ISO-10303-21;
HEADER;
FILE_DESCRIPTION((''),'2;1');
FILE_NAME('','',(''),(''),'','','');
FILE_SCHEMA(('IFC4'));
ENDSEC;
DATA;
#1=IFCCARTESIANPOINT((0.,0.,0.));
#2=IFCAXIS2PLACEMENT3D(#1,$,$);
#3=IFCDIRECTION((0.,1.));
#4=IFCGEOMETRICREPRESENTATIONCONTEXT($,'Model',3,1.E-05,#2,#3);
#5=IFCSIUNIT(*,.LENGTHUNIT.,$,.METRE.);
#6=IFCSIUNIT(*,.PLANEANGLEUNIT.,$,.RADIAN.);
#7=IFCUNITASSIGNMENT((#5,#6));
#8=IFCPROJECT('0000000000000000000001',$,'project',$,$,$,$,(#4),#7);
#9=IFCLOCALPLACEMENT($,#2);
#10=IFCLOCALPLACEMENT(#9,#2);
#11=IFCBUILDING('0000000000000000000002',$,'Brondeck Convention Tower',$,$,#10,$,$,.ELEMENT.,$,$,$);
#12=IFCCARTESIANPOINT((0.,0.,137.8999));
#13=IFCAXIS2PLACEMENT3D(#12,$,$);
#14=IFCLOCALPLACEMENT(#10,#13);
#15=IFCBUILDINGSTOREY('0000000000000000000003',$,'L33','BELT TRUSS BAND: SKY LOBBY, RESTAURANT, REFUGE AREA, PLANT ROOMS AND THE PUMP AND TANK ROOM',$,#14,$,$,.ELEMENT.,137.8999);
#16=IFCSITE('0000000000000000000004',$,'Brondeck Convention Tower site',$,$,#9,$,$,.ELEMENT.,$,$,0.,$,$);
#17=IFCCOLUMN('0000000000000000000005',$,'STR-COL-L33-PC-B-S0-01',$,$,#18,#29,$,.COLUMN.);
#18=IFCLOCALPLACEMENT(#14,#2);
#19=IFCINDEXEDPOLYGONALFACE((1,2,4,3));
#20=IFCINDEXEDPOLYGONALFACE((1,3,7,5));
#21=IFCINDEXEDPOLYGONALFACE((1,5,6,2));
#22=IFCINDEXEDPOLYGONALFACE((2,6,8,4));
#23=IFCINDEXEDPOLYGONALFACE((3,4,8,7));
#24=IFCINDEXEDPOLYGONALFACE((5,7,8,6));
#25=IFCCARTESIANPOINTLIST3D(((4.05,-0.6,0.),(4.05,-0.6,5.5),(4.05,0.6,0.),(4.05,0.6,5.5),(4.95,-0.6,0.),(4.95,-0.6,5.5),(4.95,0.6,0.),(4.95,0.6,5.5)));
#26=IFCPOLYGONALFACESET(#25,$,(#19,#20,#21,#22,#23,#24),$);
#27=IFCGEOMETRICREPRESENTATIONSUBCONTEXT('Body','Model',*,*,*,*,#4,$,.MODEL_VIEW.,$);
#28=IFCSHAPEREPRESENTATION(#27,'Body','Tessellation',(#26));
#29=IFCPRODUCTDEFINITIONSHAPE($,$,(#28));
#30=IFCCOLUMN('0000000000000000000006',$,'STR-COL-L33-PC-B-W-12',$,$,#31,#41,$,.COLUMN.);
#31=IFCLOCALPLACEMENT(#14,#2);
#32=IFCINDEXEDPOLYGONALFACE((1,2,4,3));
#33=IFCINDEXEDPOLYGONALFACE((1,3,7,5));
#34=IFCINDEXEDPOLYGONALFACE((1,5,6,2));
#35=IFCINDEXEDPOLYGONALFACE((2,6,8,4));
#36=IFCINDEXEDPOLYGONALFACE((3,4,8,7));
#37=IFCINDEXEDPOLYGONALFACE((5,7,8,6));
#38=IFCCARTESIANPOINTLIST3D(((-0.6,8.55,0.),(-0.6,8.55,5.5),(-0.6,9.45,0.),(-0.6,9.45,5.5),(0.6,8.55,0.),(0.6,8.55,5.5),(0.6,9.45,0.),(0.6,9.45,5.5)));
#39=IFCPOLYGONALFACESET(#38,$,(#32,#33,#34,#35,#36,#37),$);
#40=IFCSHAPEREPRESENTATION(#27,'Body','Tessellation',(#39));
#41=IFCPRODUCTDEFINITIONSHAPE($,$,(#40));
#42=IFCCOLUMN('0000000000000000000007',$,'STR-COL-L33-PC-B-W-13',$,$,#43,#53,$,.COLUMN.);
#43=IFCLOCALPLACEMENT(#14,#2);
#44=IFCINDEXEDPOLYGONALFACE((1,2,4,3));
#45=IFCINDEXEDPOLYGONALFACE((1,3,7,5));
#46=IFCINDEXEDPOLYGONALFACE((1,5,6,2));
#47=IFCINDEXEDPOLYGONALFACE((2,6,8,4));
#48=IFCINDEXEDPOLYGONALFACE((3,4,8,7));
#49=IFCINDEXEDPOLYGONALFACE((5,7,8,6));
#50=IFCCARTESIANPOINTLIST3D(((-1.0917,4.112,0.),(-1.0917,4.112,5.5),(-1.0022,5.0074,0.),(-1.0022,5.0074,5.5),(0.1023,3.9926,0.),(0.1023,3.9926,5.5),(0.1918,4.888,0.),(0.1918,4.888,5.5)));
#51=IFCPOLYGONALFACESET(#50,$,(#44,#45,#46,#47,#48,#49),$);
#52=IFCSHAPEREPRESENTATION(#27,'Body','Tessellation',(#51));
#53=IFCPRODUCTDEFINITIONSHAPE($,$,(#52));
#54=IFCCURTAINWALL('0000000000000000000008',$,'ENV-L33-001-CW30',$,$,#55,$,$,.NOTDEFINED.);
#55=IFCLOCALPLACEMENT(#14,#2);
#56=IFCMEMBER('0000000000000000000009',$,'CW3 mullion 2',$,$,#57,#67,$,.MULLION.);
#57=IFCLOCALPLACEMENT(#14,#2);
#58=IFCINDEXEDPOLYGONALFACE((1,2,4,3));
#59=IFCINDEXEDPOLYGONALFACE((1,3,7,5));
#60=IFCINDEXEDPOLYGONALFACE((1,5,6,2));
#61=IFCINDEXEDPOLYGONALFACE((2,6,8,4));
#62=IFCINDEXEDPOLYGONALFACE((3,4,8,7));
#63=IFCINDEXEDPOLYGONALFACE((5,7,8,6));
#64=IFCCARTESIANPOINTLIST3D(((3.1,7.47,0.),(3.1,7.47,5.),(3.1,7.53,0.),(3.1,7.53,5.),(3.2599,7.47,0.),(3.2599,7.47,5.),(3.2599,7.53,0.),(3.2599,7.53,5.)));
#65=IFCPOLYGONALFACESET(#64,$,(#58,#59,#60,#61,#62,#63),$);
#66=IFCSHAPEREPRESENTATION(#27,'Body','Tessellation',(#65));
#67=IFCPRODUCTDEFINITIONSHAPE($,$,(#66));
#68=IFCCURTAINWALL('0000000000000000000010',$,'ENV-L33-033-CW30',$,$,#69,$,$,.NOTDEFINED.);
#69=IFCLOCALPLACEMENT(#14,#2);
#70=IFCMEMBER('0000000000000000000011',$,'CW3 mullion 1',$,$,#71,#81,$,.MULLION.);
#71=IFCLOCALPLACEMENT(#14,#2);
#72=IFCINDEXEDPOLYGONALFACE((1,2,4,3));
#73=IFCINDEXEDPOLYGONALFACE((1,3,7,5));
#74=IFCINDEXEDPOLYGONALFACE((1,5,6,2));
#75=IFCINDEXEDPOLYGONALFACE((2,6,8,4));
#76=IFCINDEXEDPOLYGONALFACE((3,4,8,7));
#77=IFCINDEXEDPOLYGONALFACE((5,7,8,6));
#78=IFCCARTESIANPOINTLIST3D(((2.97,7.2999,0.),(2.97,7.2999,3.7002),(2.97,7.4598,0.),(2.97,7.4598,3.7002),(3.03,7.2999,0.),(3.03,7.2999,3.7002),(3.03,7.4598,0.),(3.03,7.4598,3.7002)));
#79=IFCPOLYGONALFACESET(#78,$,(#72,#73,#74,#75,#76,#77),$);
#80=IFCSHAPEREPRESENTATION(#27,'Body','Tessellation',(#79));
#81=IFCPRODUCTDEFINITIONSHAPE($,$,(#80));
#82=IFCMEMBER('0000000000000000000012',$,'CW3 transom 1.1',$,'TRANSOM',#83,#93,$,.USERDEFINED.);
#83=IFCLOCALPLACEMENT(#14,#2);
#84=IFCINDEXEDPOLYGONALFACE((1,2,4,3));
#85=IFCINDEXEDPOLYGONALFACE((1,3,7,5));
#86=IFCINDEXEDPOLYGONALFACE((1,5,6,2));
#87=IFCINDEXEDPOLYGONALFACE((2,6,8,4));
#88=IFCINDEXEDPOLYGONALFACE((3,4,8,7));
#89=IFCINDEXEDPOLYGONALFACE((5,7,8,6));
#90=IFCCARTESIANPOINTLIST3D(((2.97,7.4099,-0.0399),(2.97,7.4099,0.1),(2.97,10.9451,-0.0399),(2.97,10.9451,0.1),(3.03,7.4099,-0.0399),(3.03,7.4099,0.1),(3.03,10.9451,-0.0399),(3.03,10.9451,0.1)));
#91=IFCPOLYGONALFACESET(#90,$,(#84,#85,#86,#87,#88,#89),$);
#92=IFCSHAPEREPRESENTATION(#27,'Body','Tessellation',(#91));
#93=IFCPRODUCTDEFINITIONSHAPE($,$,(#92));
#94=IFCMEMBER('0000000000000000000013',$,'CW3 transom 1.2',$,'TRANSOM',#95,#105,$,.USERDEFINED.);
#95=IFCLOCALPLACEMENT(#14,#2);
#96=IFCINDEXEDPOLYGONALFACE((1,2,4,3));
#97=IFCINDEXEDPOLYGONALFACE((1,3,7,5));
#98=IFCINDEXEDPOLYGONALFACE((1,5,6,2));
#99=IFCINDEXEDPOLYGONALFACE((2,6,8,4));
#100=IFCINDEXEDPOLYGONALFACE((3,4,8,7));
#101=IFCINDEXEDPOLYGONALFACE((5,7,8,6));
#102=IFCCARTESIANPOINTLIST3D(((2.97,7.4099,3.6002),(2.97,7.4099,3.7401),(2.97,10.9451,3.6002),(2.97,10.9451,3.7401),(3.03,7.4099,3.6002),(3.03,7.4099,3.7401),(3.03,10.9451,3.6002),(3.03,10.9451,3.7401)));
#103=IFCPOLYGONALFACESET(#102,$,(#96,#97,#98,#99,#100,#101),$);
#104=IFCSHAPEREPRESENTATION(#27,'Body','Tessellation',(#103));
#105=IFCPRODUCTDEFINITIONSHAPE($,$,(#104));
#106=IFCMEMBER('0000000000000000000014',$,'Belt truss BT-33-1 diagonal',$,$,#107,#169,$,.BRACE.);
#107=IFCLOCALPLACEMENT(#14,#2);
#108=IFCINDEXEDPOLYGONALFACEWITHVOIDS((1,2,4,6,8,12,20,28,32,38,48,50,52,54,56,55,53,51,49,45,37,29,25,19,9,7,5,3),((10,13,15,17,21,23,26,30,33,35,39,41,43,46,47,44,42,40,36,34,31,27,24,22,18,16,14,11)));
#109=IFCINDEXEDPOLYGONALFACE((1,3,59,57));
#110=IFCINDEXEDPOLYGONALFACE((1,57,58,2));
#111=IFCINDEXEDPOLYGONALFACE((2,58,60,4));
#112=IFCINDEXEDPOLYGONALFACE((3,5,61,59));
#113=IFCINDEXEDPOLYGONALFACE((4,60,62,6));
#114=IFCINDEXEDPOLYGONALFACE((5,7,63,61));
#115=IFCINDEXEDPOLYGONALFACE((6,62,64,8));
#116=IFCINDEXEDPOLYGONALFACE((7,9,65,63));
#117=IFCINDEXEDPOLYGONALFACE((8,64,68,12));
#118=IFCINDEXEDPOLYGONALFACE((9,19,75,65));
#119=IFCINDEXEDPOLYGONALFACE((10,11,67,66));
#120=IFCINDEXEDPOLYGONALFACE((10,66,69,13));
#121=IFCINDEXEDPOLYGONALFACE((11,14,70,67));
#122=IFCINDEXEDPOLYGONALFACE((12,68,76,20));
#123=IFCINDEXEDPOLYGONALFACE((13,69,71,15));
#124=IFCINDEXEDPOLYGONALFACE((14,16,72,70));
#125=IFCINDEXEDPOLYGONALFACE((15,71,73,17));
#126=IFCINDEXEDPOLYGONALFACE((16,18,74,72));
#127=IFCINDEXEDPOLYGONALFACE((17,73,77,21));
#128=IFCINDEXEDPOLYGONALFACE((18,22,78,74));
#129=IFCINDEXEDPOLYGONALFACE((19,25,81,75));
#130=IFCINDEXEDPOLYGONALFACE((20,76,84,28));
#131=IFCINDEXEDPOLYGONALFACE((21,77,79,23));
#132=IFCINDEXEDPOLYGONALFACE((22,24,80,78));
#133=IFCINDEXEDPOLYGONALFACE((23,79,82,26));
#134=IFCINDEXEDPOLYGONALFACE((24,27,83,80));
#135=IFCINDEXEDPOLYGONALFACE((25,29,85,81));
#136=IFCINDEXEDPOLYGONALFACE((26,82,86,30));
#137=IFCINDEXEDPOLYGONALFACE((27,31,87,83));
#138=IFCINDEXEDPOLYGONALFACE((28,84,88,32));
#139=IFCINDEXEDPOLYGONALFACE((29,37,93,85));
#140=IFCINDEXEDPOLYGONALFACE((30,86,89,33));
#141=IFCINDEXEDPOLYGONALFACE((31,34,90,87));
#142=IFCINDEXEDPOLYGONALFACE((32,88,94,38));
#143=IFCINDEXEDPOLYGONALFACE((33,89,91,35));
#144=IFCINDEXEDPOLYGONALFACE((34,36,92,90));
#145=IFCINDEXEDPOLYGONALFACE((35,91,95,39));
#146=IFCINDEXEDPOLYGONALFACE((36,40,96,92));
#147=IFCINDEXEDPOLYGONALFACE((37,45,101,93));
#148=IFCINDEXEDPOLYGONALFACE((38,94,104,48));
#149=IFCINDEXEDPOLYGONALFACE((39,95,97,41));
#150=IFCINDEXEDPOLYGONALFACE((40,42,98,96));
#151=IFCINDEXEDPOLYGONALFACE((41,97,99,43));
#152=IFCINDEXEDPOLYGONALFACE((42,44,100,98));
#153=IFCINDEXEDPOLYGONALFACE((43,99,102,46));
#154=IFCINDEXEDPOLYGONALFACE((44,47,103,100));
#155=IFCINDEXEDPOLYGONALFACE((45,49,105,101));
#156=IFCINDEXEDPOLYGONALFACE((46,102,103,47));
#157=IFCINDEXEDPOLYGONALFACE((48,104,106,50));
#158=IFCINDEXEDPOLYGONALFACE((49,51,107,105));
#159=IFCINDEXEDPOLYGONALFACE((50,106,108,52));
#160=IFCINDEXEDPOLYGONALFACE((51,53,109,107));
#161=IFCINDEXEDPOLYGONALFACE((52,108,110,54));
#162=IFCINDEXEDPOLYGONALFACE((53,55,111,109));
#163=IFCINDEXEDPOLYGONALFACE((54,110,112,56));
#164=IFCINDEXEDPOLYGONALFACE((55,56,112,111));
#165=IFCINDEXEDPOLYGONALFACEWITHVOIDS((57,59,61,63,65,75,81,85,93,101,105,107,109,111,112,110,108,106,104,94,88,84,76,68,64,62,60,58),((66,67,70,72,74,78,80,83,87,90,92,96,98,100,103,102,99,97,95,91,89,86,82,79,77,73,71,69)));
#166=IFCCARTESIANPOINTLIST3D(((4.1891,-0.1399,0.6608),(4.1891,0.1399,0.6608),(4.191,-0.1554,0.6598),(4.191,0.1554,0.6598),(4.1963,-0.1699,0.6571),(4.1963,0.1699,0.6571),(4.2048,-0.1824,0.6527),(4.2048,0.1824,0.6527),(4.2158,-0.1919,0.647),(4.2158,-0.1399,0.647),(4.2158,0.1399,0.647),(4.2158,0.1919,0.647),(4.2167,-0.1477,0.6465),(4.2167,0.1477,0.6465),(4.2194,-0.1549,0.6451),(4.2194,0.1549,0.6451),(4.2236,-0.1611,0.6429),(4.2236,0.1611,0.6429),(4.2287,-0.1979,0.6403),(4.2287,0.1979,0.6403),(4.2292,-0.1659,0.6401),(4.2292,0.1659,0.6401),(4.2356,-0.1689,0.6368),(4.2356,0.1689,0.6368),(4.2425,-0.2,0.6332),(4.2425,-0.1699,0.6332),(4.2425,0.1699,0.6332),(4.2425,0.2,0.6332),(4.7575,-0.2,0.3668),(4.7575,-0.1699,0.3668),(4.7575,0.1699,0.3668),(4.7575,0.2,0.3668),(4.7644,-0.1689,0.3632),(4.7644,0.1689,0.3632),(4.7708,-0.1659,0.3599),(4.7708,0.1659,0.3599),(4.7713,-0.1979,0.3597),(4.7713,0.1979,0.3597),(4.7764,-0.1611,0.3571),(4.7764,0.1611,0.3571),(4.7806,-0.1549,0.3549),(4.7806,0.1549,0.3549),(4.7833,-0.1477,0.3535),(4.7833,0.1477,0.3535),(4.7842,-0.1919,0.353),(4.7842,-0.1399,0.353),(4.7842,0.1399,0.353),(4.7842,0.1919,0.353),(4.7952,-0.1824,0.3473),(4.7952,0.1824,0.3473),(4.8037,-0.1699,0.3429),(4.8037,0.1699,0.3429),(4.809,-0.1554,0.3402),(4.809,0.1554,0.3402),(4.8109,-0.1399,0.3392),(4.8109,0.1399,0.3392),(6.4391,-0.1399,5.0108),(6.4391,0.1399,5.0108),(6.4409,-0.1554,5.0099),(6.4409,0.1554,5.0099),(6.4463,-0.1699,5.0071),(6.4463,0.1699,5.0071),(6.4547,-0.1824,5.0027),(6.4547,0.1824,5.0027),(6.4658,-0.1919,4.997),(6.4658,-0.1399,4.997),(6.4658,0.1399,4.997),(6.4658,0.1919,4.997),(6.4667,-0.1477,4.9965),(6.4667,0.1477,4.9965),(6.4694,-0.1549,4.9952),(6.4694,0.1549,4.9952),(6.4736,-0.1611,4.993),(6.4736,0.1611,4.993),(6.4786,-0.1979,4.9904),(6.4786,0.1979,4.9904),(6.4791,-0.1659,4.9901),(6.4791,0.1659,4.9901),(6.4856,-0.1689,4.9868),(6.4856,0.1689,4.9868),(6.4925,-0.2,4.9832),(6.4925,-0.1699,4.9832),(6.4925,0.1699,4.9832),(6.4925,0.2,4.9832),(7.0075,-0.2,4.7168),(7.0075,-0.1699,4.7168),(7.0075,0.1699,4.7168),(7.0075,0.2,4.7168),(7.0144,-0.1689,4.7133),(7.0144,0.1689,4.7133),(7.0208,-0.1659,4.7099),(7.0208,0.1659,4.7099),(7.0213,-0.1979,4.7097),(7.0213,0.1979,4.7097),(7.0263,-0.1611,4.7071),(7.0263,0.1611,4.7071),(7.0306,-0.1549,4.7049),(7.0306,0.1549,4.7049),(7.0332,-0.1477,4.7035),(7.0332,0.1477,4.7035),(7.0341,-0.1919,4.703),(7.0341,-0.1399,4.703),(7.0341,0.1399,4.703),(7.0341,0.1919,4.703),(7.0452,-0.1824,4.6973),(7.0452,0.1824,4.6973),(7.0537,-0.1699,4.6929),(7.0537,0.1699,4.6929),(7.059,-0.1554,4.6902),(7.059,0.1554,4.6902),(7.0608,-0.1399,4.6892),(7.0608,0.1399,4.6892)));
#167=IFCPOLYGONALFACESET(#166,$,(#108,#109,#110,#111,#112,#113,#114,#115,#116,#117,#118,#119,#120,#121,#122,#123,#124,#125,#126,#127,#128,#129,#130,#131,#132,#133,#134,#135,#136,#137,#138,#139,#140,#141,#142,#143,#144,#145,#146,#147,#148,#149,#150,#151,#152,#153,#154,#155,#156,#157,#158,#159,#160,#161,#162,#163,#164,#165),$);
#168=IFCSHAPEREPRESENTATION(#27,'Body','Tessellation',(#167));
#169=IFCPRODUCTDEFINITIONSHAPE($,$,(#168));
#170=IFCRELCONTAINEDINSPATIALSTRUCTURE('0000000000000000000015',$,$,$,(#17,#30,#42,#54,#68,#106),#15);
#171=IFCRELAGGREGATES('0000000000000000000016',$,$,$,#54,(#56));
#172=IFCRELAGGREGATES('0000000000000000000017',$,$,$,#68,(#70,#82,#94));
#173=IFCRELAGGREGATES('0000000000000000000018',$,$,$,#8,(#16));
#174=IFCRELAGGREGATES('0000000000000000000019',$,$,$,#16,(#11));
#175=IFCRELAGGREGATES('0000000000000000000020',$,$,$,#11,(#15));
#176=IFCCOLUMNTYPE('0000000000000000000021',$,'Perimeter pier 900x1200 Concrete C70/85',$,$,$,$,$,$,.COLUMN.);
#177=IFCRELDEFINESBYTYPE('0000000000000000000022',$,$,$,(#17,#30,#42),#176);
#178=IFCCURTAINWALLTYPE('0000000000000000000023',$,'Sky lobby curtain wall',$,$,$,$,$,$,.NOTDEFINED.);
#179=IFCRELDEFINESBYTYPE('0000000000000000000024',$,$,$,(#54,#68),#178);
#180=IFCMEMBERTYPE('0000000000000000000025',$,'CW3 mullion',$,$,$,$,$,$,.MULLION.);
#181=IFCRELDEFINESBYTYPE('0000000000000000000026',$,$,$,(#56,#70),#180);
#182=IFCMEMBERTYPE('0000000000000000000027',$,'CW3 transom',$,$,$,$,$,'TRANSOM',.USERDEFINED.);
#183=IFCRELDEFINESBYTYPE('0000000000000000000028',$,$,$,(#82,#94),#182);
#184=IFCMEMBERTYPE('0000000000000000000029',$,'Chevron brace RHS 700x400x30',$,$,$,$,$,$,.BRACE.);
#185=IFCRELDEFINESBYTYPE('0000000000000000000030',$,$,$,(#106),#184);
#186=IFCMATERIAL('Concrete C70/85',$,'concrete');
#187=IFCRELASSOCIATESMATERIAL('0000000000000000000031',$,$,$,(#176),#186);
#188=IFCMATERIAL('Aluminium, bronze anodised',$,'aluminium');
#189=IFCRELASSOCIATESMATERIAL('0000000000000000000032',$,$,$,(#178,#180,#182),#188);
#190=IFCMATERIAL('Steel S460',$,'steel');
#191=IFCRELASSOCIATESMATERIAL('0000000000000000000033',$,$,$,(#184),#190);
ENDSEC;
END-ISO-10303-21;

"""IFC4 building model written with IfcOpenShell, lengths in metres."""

from ifc_helpers import new_model, si_unit, direction, frame, origin, origin_2d, place, context, subcontext, project, spatial, rectangle, hollow_rectangle, extrude, material, material_profile, profile_set, type_object, element, aggregate, save


model = new_model("IFC4")

# Units and contexts
model_context = context("Model", 3, precision=1e-05, world=origin(), true_north=direction((0.0, 1.0)))
body_context = subcontext(model_context, "Body", "Model", "MODEL_VIEW")
ifc_project = project(units=[si_unit("LENGTHUNIT", "METRE"), si_unit("PLANEANGLEUNIT", "RADIAN")], contexts=[model_context])

# Site, building, storey
site_placement = place(None, origin())
site = spatial("IfcSite", under=ifc_project, at=site_placement, Name="Brondeck Convention Tower site", CompositionType="ELEMENT", RefElevation=0.0)
building_placement = place(site_placement, origin())
building = spatial("IfcBuilding", under=site, at=building_placement, Name="Brondeck Convention Tower", CompositionType="ELEMENT")
storey_placement = place(building_placement, frame((0.0, 0.0, 137.8999)))
storey = spatial("IfcBuildingStorey", under=building, at=storey_placement, Name="L33", Description="BELT TRUSS BAND: SKY LOBBY, RESTAURANT, REFUGE AREA, PLANT ROOMS AND THE PUMP AND TANK ROOM", CompositionType="ELEMENT", Elevation=137.8999)

# Columns
ifc_material_1 = material(Name="Concrete C70/85", Category="concrete")
ifc_material_profile_1 = material_profile(ifc_material_1, rectangle(XDim=0.8999, YDim=1.2, at=origin_2d()), Name="Perimeter pier 900x1200 Concrete C70/85")
ifc_profile_set_1 = profile_set([ifc_material_profile_1], Name="Concrete C70/85")
column_type = type_object("IfcColumnType", Name="Perimeter pier 900x1200 Concrete C70/85", PredefinedType="COLUMN", material=ifc_profile_set_1)
for number, where, z_axis, x_axis, name in (
    (1, (4.5, 0.0, 0.0), (0.0, 0.0, 1.0), (1.0, 0.0, 0.0), "STR-COL-L33-PC-B-S0-01"),
    (2, (0.0, 9.0, 0.0), (0.0, 0.0, 1.0), (0.0, -1.0, 0.0), "STR-COL-L33-PC-B-W-12"),
    (3, (-0.45, 4.5, 0.0), (0.0, 0.0, 1.0), (-0.099504, -0.995037, 0.0), "STR-COL-L33-PC-B-W-13"),
):
    element("IfcColumn", number, at=place(storey_placement, frame(where, z_axis=z_axis, x_axis=x_axis)), inside=storey, type_object=column_type, Name=name, PredefinedType="COLUMN", context=body_context, shape_type="SweptSolid", body=[
        extrude(rectangle(XDim=0.8999, YDim=1.2, at=origin_2d()), origin(), (0.0, 0.0, 1.0), 5.5),
    ])

# Curtain wall, member
ifc_material_2 = material(Name="Aluminium, bronze anodised", Category="aluminium")
curtain_wall_type = type_object("IfcCurtainWallType", Name="Sky lobby curtain wall", PredefinedType="NOTDEFINED", material=ifc_material_2)
curtain_wall_1_placement = place(storey_placement, origin())
curtain_wall_1 = element("IfcCurtainWall", 4, at=curtain_wall_1_placement, inside=storey, type_object=curtain_wall_type, Name="ENV-L33-001-CW30", PredefinedType="NOTDEFINED")
ifc_material_profile_2 = material_profile(ifc_material_2, rectangle(XDim=0.0601, YDim=0.1599, at=origin_2d()), Name="CW3 mullion")
ifc_profile_set_2 = profile_set([ifc_material_profile_2], Name="Aluminium, bronze anodised")
member_type_1 = type_object("IfcMemberType", Name="CW3 mullion", PredefinedType="MULLION", material=ifc_profile_set_2)
member_1_placement = place(storey_placement, frame((3.1799, 7.5, 0.0), z_axis=(0.0, 0.0, 1.0), x_axis=(0.0, -1.0, 0.0)))
member_1 = element("IfcMember", 5, at=member_1_placement, type_object=member_type_1, Name="CW3 mullion 2", PredefinedType="MULLION", context=body_context, shape_type="SweptSolid", body=[
    extrude(rectangle(XDim=0.0601, YDim=0.1599, at=origin_2d()), origin(), (0.0, 0.0, 1.0), 5.0),
])
aggregate(curtain_wall_1, [member_1])

# Curtain wall, members
curtain_wall_2_placement = place(storey_placement, origin())
curtain_wall_2 = element("IfcCurtainWall", 6, at=curtain_wall_2_placement, inside=storey, type_object=curtain_wall_type, Name="ENV-L33-033-CW30", PredefinedType="NOTDEFINED")
member_2_placement = place(storey_placement, frame((3.0, 7.3799, 0.0), z_axis=(0.0, 0.0, 1.0), x_axis=(-1.0, 0.0, 0.0)))
member_2 = element("IfcMember", 7, at=member_2_placement, type_object=member_type_1, Name="CW3 mullion 1", PredefinedType="MULLION", context=body_context, shape_type="SweptSolid", body=[
    extrude(rectangle(XDim=0.0601, YDim=0.1599, at=origin_2d()), origin(), (0.0, 0.0, 1.0), 3.7002),
])
ifc_material_profile_3 = material_profile(ifc_material_2, rectangle(XDim=0.0601, YDim=0.1399, at=origin_2d()), Name="CW3 transom")
ifc_profile_set_3 = profile_set([ifc_material_profile_3], Name="Aluminium, bronze anodised")
member_type_2 = type_object("IfcMemberType", Name="CW3 transom", ElementType="TRANSOM", PredefinedType="USERDEFINED", material=ifc_profile_set_3)
member_3_placement = place(storey_placement, frame((3.0, 7.4099, 0.03), z_axis=(0.0, 1.0, 0.0), x_axis=(-1.0, 0.0, 0.0)))
member_3 = element("IfcMember", 8, at=member_3_placement, type_object=member_type_2, Name="CW3 transom 1.1", ObjectType="TRANSOM", PredefinedType="USERDEFINED", context=body_context, shape_type="SweptSolid", body=[
    extrude(rectangle(XDim=0.0601, YDim=0.1399, at=origin_2d()), origin(), (0.0, 0.0, 1.0), 3.5352),
])
member_4_placement = place(storey_placement, frame((3.0, 7.4099, 3.6702), z_axis=(0.0, 1.0, 0.0), x_axis=(-1.0, 0.0, 0.0)))
member_4 = element("IfcMember", 9, at=member_4_placement, type_object=member_type_2, Name="CW3 transom 1.2", ObjectType="TRANSOM", PredefinedType="USERDEFINED", context=body_context, shape_type="SweptSolid", body=[
    extrude(rectangle(XDim=0.0601, YDim=0.1399, at=origin_2d()), origin(), (0.0, 0.0, 1.0), 3.5352),
])
aggregate(curtain_wall_2, [member_2, member_3, member_4])

# Member
ifc_material_3 = material(Name="Steel S460", Category="steel")
ifc_material_profile_4 = material_profile(ifc_material_3, hollow_rectangle(XDim=0.3999, YDim=0.7, WallThickness=0.03, InnerFilletRadius=0.03, OuterFilletRadius=0.0601, at=origin_2d()), Name="RHS 700x400x30")
ifc_profile_set_4 = profile_set([ifc_material_profile_4], Name="Steel S460")
member_type_3 = type_object("IfcMemberType", Name="Chevron brace RHS 700x400x30", PredefinedType="BRACE", material=ifc_profile_set_4)
member_5_placement = place(storey_placement, frame((4.5, 0.0, 0.5), z_axis=(0.459415, 0.0, 0.888222), x_axis=(0.0, 1.0, 0.0)))
element("IfcMember", 10, at=member_5_placement, inside=storey, type_object=member_type_3, Name="Belt truss BT-33-1 diagonal", PredefinedType="BRACE", context=body_context, shape_type="SweptSolid", body=[
    extrude(hollow_rectangle(XDim=0.3999, YDim=0.7, WallThickness=0.03, InnerFilletRadius=0.03, OuterFilletRadius=0.0601, at=origin_2d()), origin(), (0.0, 0.0, 1.0), 4.8975),
])

save(model, "model.ifc")
